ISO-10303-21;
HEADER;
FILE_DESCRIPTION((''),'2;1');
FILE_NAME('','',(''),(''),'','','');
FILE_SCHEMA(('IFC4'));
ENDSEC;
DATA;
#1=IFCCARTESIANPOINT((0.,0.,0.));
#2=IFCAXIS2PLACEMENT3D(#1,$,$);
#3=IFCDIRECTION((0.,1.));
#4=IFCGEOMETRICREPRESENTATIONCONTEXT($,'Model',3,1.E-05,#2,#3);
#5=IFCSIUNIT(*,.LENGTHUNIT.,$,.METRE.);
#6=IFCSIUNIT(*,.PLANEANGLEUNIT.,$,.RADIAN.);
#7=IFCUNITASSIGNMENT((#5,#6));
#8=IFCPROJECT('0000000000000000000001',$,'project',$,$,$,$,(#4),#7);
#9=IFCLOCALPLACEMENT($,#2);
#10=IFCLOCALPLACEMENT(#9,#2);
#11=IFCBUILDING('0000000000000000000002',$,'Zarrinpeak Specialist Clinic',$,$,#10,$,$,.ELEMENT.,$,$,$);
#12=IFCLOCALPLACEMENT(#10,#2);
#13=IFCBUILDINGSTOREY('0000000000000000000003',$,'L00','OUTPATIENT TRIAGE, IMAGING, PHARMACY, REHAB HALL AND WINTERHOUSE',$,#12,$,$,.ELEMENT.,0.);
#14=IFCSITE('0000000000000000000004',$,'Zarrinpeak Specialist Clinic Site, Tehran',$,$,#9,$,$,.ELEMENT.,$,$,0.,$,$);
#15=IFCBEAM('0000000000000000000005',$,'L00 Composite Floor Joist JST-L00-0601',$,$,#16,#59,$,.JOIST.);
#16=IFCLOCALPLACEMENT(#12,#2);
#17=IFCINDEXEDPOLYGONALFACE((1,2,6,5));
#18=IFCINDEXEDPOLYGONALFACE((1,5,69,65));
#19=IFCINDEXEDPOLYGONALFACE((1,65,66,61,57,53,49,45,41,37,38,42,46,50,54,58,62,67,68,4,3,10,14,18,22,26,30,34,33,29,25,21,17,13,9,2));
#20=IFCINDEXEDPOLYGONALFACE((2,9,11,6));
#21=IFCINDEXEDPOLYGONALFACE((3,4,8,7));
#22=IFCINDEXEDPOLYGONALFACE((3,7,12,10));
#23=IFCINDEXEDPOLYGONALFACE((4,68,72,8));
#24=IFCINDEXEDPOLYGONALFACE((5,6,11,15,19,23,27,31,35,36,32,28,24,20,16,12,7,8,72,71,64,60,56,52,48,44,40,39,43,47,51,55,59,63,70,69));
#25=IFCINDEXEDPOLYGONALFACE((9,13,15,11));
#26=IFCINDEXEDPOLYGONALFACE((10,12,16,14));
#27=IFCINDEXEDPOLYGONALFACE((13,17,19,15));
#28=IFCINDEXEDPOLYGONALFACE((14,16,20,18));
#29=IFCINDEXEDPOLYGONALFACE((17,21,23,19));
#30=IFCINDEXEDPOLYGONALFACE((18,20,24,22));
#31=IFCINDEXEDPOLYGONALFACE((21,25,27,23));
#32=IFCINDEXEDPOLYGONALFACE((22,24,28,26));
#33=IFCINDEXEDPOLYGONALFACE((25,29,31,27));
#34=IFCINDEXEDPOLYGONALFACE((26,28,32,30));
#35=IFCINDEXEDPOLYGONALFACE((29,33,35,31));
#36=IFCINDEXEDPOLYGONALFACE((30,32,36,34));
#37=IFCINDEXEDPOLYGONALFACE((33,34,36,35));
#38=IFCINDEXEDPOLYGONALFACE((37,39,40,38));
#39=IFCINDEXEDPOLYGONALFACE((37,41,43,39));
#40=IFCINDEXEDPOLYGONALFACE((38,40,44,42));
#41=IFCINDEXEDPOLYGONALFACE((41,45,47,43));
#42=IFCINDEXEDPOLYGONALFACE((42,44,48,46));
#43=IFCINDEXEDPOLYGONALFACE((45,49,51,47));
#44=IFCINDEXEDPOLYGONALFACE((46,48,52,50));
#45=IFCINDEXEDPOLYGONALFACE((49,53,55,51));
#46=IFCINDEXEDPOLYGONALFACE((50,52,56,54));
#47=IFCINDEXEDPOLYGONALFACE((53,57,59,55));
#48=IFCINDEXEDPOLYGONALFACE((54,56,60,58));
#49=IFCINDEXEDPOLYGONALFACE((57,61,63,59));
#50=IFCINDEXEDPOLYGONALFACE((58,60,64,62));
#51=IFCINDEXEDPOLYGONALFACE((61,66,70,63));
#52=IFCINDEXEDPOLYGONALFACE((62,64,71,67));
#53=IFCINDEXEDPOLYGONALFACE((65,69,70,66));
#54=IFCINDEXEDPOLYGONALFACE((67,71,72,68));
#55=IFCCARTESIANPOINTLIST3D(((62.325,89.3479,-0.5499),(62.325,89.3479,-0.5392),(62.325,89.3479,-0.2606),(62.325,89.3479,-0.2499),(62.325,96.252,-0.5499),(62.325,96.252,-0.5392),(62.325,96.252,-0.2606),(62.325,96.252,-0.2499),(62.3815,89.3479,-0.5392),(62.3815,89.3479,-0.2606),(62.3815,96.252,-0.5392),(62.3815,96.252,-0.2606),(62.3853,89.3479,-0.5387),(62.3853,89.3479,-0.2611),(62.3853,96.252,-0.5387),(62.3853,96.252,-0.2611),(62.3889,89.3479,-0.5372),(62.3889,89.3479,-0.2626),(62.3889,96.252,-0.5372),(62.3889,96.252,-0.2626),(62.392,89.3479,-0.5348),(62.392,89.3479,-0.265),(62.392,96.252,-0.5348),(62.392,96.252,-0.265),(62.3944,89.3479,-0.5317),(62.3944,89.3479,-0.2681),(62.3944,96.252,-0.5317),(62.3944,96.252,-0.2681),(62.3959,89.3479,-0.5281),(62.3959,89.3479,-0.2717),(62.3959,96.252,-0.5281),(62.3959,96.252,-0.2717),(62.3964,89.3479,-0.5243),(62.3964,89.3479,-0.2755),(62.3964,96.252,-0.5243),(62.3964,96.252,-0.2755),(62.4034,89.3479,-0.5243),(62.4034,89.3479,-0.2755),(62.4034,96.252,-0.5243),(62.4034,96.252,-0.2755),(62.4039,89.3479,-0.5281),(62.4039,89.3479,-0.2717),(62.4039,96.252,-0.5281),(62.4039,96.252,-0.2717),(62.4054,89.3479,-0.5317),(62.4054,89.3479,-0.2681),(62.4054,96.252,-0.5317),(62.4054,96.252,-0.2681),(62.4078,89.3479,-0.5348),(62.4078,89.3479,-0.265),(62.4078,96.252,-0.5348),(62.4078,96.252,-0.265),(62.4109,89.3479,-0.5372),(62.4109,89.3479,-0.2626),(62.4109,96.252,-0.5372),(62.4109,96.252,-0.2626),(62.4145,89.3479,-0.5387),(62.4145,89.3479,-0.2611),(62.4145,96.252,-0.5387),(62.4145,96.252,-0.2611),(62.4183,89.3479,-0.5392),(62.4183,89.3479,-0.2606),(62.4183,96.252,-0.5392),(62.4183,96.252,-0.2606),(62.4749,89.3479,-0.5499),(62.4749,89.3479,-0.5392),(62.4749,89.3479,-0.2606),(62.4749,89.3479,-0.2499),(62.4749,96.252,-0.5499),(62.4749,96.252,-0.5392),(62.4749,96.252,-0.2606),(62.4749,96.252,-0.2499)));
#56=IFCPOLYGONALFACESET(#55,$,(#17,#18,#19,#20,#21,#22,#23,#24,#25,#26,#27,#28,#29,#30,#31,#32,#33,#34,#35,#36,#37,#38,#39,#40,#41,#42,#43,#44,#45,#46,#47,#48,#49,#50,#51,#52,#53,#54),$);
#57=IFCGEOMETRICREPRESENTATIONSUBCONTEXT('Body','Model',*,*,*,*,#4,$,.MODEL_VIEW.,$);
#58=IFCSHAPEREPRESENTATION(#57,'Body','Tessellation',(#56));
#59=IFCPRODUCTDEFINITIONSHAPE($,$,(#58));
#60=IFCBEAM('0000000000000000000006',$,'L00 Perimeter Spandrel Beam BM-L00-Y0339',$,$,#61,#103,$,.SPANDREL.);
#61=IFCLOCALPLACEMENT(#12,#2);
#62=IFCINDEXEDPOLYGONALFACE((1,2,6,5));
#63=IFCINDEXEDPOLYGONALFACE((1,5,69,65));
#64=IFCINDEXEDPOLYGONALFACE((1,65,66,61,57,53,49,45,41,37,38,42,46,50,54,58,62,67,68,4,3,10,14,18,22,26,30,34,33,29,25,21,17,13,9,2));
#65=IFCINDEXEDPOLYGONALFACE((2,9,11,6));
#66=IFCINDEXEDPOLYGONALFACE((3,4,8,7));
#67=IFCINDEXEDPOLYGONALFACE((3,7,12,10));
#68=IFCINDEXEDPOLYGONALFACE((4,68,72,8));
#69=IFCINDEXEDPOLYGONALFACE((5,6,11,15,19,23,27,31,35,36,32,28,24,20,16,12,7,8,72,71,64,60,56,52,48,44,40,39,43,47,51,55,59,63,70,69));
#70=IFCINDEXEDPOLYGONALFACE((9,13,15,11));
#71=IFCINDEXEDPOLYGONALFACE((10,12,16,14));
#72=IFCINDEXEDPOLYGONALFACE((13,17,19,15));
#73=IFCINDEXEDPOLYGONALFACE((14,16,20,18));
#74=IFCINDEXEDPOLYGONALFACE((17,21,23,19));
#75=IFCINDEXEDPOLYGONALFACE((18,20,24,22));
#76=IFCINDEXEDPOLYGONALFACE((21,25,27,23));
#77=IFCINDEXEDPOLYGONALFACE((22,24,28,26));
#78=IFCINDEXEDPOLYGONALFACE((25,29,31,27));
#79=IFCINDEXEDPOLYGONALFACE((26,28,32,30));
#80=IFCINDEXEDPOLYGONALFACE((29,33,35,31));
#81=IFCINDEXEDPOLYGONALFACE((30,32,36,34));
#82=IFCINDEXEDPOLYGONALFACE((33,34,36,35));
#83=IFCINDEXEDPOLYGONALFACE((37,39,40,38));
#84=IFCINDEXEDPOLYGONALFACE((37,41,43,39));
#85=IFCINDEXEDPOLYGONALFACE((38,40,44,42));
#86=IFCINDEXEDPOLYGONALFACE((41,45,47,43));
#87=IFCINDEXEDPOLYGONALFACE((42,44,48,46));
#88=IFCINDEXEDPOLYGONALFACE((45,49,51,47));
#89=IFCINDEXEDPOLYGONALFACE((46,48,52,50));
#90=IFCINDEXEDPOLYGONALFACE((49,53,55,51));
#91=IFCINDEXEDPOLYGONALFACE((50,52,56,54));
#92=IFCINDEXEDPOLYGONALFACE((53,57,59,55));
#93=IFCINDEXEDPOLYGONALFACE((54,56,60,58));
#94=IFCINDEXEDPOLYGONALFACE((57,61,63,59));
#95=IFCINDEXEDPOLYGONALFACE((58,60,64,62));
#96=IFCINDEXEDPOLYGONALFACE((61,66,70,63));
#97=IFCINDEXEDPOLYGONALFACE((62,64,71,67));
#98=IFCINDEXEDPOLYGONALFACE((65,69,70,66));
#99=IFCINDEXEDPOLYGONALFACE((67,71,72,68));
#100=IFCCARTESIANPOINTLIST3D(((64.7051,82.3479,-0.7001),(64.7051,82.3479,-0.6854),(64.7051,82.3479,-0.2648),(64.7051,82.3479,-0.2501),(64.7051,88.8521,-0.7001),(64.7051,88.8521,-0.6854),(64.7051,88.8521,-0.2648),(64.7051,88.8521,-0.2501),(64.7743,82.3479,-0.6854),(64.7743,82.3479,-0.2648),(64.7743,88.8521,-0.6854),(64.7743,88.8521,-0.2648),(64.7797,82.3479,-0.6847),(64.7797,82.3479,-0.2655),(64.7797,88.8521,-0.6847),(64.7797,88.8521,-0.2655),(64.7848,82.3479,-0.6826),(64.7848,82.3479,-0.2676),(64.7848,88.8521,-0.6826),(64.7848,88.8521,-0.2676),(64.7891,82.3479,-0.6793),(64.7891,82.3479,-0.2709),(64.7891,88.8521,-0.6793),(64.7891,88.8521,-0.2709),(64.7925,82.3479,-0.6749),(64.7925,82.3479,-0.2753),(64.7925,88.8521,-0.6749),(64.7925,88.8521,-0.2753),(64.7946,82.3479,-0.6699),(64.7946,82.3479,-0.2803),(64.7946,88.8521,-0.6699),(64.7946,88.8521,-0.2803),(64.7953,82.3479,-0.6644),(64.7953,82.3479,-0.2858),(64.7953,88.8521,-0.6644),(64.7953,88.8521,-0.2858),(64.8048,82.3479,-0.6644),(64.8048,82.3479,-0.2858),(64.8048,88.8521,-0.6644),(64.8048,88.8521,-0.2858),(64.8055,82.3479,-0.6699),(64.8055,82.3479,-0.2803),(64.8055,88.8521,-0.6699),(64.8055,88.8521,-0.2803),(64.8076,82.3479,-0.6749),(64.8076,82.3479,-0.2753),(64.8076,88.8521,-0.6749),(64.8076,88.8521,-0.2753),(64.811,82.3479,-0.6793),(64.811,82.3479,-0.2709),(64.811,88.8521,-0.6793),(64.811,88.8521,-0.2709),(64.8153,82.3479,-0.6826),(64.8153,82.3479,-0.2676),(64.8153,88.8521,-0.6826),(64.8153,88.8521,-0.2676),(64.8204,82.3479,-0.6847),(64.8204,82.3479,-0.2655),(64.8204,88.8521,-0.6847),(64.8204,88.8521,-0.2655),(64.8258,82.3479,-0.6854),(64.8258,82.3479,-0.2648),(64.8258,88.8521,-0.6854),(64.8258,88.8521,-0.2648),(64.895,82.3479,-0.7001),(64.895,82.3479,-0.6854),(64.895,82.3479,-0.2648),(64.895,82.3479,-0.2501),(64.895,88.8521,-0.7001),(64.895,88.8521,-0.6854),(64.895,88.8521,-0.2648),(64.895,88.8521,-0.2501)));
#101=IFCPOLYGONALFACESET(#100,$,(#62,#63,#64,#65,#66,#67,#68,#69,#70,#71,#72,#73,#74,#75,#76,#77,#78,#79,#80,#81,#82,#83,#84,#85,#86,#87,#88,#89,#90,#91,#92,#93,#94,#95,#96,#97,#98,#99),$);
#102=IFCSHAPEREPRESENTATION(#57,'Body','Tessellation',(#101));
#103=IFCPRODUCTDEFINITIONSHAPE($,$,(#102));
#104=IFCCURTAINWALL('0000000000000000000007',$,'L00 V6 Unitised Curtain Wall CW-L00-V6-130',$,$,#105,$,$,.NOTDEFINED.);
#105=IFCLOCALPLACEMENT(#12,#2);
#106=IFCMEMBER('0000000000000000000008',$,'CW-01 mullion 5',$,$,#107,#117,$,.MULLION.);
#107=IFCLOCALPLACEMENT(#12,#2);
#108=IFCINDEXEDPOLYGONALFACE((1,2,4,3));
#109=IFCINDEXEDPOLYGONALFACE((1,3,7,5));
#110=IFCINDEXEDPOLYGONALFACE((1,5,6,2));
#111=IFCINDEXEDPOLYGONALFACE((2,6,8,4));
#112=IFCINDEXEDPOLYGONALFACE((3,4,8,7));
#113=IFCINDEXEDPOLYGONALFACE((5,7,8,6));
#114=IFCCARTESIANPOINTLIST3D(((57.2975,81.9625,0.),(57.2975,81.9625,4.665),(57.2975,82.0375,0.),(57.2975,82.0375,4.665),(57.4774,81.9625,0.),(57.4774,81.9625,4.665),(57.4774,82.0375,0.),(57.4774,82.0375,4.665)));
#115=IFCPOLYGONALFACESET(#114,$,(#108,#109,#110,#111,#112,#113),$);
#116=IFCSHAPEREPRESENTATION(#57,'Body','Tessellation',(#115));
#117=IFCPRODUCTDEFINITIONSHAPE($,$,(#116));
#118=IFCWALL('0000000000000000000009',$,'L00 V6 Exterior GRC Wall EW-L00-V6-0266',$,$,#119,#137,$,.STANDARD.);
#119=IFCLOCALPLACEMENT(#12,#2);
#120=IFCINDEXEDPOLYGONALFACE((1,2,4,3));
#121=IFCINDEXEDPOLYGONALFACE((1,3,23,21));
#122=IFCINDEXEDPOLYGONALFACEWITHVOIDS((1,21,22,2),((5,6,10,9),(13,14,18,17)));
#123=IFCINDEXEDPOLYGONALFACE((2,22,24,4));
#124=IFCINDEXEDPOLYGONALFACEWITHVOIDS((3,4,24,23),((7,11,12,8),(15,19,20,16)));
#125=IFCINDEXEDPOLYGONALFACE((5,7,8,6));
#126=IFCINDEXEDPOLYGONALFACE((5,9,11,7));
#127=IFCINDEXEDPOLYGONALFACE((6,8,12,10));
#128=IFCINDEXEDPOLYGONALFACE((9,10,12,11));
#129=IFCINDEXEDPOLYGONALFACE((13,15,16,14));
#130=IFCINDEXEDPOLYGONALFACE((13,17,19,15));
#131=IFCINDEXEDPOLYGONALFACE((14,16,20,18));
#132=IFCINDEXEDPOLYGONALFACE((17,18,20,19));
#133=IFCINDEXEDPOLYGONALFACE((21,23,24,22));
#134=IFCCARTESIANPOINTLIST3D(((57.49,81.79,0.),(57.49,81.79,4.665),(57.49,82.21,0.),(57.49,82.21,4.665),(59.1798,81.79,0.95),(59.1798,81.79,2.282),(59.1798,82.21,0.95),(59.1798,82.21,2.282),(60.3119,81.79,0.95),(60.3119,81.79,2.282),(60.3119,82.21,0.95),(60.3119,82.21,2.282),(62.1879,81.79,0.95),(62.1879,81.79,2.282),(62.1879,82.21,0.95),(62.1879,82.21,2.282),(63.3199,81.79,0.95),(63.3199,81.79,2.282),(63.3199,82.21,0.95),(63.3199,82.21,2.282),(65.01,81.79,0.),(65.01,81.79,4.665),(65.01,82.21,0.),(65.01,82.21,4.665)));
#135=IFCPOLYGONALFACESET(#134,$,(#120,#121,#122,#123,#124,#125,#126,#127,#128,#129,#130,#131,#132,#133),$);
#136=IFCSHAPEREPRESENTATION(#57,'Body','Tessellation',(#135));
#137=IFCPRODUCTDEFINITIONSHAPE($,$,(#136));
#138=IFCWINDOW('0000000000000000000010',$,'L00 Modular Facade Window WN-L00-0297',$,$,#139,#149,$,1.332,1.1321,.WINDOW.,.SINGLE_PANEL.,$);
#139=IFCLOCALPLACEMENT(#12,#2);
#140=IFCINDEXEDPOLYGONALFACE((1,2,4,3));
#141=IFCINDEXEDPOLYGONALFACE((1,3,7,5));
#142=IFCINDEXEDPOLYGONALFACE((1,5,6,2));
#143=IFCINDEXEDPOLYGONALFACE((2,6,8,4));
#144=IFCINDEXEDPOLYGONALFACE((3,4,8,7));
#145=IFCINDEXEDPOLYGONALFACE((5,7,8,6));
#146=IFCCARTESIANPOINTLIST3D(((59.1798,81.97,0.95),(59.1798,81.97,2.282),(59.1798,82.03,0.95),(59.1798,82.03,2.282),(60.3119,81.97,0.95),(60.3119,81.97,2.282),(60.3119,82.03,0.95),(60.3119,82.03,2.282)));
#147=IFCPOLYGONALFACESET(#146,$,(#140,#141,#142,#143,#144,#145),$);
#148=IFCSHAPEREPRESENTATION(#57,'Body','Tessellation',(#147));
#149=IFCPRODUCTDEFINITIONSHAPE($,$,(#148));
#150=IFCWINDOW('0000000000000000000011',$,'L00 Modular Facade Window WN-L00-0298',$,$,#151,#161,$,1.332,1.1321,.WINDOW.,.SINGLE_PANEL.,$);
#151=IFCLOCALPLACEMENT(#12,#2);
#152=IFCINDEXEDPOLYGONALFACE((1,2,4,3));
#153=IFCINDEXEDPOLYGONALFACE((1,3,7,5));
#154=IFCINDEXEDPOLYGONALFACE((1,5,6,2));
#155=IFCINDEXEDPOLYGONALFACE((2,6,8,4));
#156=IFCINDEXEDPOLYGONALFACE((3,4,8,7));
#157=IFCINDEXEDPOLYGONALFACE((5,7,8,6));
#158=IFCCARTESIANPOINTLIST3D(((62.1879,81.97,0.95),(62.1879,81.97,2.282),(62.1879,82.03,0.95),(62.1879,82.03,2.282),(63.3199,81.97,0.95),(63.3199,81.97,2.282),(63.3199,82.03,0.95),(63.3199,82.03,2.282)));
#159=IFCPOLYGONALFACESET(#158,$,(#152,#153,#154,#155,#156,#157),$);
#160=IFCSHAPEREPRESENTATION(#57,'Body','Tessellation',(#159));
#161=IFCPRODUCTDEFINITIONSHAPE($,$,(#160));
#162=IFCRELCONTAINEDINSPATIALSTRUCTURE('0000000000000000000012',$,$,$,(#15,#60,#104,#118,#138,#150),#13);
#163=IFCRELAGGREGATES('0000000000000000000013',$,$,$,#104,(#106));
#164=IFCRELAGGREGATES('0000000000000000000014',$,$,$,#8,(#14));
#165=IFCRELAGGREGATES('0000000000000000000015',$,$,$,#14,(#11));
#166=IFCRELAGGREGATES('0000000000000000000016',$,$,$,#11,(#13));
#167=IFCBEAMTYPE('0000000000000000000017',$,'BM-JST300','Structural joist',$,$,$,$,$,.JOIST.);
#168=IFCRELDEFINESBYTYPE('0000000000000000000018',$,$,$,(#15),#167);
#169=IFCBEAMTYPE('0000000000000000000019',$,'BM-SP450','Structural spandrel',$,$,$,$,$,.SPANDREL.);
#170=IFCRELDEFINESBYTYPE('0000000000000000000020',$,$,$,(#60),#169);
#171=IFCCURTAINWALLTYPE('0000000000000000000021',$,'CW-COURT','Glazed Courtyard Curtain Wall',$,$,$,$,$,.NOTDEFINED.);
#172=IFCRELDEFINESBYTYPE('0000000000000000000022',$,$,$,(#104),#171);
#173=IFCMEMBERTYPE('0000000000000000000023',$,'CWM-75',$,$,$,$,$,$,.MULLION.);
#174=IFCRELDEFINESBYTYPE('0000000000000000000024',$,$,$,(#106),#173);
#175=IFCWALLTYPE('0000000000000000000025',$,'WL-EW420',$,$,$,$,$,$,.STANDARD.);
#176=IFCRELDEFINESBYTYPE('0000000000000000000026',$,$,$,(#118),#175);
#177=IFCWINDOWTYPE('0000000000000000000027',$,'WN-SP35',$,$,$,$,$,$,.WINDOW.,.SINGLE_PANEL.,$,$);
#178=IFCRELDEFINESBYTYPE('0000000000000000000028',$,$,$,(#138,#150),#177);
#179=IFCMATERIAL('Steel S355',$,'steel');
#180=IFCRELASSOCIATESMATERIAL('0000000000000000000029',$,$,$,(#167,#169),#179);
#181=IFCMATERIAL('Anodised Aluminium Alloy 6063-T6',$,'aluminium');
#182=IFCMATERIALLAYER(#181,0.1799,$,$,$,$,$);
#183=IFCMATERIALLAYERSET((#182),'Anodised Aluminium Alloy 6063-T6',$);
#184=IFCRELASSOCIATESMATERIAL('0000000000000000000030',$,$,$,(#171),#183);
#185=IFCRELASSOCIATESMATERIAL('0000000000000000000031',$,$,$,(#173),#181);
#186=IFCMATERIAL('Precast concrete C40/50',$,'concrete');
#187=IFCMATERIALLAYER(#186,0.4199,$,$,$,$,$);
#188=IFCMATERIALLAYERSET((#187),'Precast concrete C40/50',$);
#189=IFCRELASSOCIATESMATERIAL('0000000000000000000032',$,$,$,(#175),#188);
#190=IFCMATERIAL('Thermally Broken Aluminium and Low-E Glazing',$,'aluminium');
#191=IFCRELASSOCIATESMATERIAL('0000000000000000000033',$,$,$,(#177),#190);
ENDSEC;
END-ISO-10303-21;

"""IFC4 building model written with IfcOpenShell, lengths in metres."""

from ifc_helpers import new_model, si_unit, direction, frame, frame_2d, origin, origin_2d, place, context, subcontext, project, spatial, rectangle, i_section, extrude, material, layer, layer_set, material_profile, profile_set, type_object, element, fill, aggregate, save


model = new_model("IFC4")

# Units and contexts
model_context = context("Model", 3, precision=1e-05, world=origin(), true_north=direction((0.0, 1.0)))
body_context = subcontext(model_context, "Body", "Model", "MODEL_VIEW")
ifc_project = project(units=[si_unit("LENGTHUNIT", "METRE"), si_unit("PLANEANGLEUNIT", "RADIAN")], contexts=[model_context])

# Site, building, storey
site_placement = place(None, origin())
site = spatial("IfcSite", under=ifc_project, at=site_placement, Name="Zarrinpeak Specialist Clinic Site, Tehran", CompositionType="ELEMENT", RefElevation=0.0)
building_placement = place(site_placement, origin())
building = spatial("IfcBuilding", under=site, at=building_placement, Name="Zarrinpeak Specialist Clinic", CompositionType="ELEMENT")
storey_placement = place(building_placement, origin())
storey = spatial("IfcBuildingStorey", under=building, at=storey_placement, Name="L00", Description="OUTPATIENT TRIAGE, IMAGING, PHARMACY, REHAB HALL AND WINTERHOUSE", CompositionType="ELEMENT", Elevation=0.0)

# Shared definitions
ifc_material_1 = material(Name="Steel S355", Category="steel")

# Beams
ifc_material_profile_1 = material_profile(ifc_material_1, i_section(OverallWidth=0.1499, OverallDepth=0.3, WebThickness=0.0071, FlangeThickness=0.0107, FilletRadius=0.0149, at=origin_2d()), Name="IPE 300")
ifc_profile_set_1 = profile_set([ifc_material_profile_1], Name="Steel S355")
beam_type_1 = type_object("IfcBeamType", Name="BM-JST300", Description="Structural joist", PredefinedType="JOIST", material=ifc_profile_set_1)
for number, where, z_axis, x_axis, name in (
    (1, (62.3999, 89.3479, -0.3999), (0.0, 1.0, 0.0), (-1.0, 0.0, 0.0), "L00 Composite Floor Joist JST-L00-0601"),
):
    element("IfcBeam", number, at=place(storey_placement, frame(where, z_axis=z_axis, x_axis=x_axis)), inside=storey, type_object=beam_type_1, Name=name, PredefinedType="JOIST", context=body_context, shape_type="SweptSolid", body=[
        extrude(i_section(OverallWidth=0.1499, OverallDepth=0.3, WebThickness=0.0071, FlangeThickness=0.0107, FilletRadius=0.0149, at=origin_2d()), origin(), (0.0, 0.0, 1.0), 6.9041),
    ])
ifc_material_profile_2 = material_profile(ifc_material_1, i_section(OverallWidth=0.1899, OverallDepth=0.45, WebThickness=0.0095, FlangeThickness=0.0146, FilletRadius=0.021, at=origin_2d()), Name="IPE 450")
ifc_profile_set_2 = profile_set([ifc_material_profile_2], Name="Steel S355")
beam_type_2 = type_object("IfcBeamType", Name="BM-SP450", Description="Structural spandrel", PredefinedType="SPANDREL", material=ifc_profile_set_2)
beam_1_placement = place(storey_placement, frame((64.8, 82.3479, -0.4751), z_axis=(0.0, 1.0, 0.0), x_axis=(-1.0, 0.0, 0.0)))
element("IfcBeam", 2, at=beam_1_placement, inside=storey, type_object=beam_type_2, Name="L00 Perimeter Spandrel Beam BM-L00-Y0339", PredefinedType="SPANDREL", context=body_context, shape_type="SweptSolid", body=[
    extrude(i_section(OverallWidth=0.1899, OverallDepth=0.45, WebThickness=0.0095, FlangeThickness=0.0146, FilletRadius=0.021, at=origin_2d()), origin(), (0.0, 0.0, 1.0), 6.5042),
])

# Curtain wall, member
ifc_material_2 = material(Name="Anodised Aluminium Alloy 6063-T6", Category="aluminium")
ifc_layer_1 = layer(ifc_material_2, 0.1799)
ifc_layer_set_1 = layer_set([ifc_layer_1], Name="Anodised Aluminium Alloy 6063-T6")
curtain_wall_type = type_object("IfcCurtainWallType", Name="CW-COURT", Description="Glazed Courtyard Curtain Wall", PredefinedType="NOTDEFINED", material=ifc_layer_set_1)
curtain_wall_placement = place(storey_placement, origin())
curtain_wall = element("IfcCurtainWall", 3, at=curtain_wall_placement, inside=storey, type_object=curtain_wall_type, Name="L00 V6 Unitised Curtain Wall CW-L00-V6-130", PredefinedType="NOTDEFINED")
ifc_material_profile_3 = material_profile(ifc_material_2, rectangle(XDim=0.075, YDim=0.1799, at=origin_2d()), Name="ALU 75x180")
ifc_profile_set_3 = profile_set([ifc_material_profile_3], Name="Anodised Aluminium Alloy 6063-T6")
member_type = type_object("IfcMemberType", Name="CWM-75", PredefinedType="MULLION", material=ifc_profile_set_3)
member_placement = place(storey_placement, frame((57.3875, 82.0, 0.0), z_axis=(0.0, 0.0, 1.0), x_axis=(0.0, 1.0, 0.0)))
member = element("IfcMember", 4, at=member_placement, type_object=member_type, Name="CW-01 mullion 5", PredefinedType="MULLION", context=body_context, shape_type="SweptSolid", body=[
    extrude(rectangle(XDim=0.075, YDim=0.1799, at=origin_2d()), origin(), (0.0, 0.0, 1.0), 4.665),
])
aggregate(curtain_wall, [member])

# Wall, openings, windows
ifc_material_3 = material(Name="Precast concrete C40/50", Category="concrete")
ifc_layer_2 = layer(ifc_material_3, 0.4199)
ifc_layer_set_2 = layer_set([ifc_layer_2], Name="Precast concrete C40/50")
wall_type_1 = type_object("IfcWallType", Name="WL-EW420", PredefinedType="STANDARD", material=ifc_layer_set_2)
wall_1_placement = place(storey_placement, frame((57.49, 82.0, 0.0), z_axis=(0.0, 0.0, 1.0), x_axis=(1.0, 0.0, 0.0)))
wall_1 = element("IfcWall", 5, at=wall_1_placement, inside=storey, type_object=wall_type_1, Name="L00 V6 Exterior GRC Wall EW-L00-V6-0266", PredefinedType="STANDARD", context=body_context, shape_type="SweptSolid", body=[
    extrude(rectangle(XDim=7.52, YDim=0.4199, at=frame_2d((3.76, 0.0))), origin(), (0.0, 0.0, 1.0), 4.665),
])
opening_1_placement = place(wall_1_placement, frame((1.6899, 0.0, 0.95)))
opening_1 = element("IfcOpeningElement", 6, at=opening_1_placement, cuts=wall_1, PredefinedType="OPENING", context=body_context, shape_type="SweptSolid", body=[
    extrude(rectangle(XDim=1.1321, YDim=1.332, at=frame_2d((0.5659, 0.666))), frame((0.0, 0.22, 0.0), z_axis=(0.0, -1.0, 0.0), x_axis=(1.0, 0.0, 0.0)), (0.0, 0.0, 1.0), 0.4399),
])
opening_2_placement = place(wall_1_placement, frame((4.698, 0.0, 0.95)))
opening_2 = element("IfcOpeningElement", 7, at=opening_2_placement, cuts=wall_1, PredefinedType="OPENING", context=body_context, shape_type="SweptSolid", body=[
    extrude(rectangle(XDim=1.1321, YDim=1.332, at=frame_2d((0.5659, 0.666))), frame((0.0, 0.22, 0.0), z_axis=(0.0, -1.0, 0.0), x_axis=(1.0, 0.0, 0.0)), (0.0, 0.0, 1.0), 0.4399),
])
ifc_material_4 = material(Name="Thermally Broken Aluminium and Low-E Glazing", Category="aluminium")
window_type_1 = type_object("IfcWindowType", Name="WN-SP35", PartitioningType="SINGLE_PANEL", PredefinedType="WINDOW", material=ifc_material_4)
window_1_placement = place(opening_1_placement, origin())
window_1 = element("IfcWindow", 8, at=window_1_placement, inside=storey, type_object=window_type_1, Name="L00 Modular Facade Window WN-L00-0297", OverallHeight=1.332, OverallWidth=1.1321, PartitioningType="SINGLE_PANEL", PredefinedType="WINDOW", context=body_context, shape_type="SweptSolid", body=[
    extrude(rectangle(XDim=1.1321, YDim=1.332, at=frame_2d((0.5659, 0.666))), frame((0.0, 0.03, 0.0), z_axis=(0.0, -1.0, 0.0), x_axis=(1.0, 0.0, 0.0)), (0.0, 0.0, 1.0), 0.0601),
])
fill(opening_1, window_1)
window_2_placement = place(opening_2_placement, origin())
window_2 = element("IfcWindow", 9, at=window_2_placement, inside=storey, type_object=window_type_1, Name="L00 Modular Facade Window WN-L00-0298", OverallHeight=1.332, OverallWidth=1.1321, PartitioningType="SINGLE_PANEL", PredefinedType="WINDOW", context=body_context, shape_type="SweptSolid", body=[
    extrude(rectangle(XDim=1.1321, YDim=1.332, at=frame_2d((0.5659, 0.666))), frame((0.0, 0.03, 0.0), z_axis=(0.0, -1.0, 0.0), x_axis=(1.0, 0.0, 0.0)), (0.0, 0.0, 1.0), 0.0601),
])
fill(opening_2, window_2)

save(model, "model.ifc")
